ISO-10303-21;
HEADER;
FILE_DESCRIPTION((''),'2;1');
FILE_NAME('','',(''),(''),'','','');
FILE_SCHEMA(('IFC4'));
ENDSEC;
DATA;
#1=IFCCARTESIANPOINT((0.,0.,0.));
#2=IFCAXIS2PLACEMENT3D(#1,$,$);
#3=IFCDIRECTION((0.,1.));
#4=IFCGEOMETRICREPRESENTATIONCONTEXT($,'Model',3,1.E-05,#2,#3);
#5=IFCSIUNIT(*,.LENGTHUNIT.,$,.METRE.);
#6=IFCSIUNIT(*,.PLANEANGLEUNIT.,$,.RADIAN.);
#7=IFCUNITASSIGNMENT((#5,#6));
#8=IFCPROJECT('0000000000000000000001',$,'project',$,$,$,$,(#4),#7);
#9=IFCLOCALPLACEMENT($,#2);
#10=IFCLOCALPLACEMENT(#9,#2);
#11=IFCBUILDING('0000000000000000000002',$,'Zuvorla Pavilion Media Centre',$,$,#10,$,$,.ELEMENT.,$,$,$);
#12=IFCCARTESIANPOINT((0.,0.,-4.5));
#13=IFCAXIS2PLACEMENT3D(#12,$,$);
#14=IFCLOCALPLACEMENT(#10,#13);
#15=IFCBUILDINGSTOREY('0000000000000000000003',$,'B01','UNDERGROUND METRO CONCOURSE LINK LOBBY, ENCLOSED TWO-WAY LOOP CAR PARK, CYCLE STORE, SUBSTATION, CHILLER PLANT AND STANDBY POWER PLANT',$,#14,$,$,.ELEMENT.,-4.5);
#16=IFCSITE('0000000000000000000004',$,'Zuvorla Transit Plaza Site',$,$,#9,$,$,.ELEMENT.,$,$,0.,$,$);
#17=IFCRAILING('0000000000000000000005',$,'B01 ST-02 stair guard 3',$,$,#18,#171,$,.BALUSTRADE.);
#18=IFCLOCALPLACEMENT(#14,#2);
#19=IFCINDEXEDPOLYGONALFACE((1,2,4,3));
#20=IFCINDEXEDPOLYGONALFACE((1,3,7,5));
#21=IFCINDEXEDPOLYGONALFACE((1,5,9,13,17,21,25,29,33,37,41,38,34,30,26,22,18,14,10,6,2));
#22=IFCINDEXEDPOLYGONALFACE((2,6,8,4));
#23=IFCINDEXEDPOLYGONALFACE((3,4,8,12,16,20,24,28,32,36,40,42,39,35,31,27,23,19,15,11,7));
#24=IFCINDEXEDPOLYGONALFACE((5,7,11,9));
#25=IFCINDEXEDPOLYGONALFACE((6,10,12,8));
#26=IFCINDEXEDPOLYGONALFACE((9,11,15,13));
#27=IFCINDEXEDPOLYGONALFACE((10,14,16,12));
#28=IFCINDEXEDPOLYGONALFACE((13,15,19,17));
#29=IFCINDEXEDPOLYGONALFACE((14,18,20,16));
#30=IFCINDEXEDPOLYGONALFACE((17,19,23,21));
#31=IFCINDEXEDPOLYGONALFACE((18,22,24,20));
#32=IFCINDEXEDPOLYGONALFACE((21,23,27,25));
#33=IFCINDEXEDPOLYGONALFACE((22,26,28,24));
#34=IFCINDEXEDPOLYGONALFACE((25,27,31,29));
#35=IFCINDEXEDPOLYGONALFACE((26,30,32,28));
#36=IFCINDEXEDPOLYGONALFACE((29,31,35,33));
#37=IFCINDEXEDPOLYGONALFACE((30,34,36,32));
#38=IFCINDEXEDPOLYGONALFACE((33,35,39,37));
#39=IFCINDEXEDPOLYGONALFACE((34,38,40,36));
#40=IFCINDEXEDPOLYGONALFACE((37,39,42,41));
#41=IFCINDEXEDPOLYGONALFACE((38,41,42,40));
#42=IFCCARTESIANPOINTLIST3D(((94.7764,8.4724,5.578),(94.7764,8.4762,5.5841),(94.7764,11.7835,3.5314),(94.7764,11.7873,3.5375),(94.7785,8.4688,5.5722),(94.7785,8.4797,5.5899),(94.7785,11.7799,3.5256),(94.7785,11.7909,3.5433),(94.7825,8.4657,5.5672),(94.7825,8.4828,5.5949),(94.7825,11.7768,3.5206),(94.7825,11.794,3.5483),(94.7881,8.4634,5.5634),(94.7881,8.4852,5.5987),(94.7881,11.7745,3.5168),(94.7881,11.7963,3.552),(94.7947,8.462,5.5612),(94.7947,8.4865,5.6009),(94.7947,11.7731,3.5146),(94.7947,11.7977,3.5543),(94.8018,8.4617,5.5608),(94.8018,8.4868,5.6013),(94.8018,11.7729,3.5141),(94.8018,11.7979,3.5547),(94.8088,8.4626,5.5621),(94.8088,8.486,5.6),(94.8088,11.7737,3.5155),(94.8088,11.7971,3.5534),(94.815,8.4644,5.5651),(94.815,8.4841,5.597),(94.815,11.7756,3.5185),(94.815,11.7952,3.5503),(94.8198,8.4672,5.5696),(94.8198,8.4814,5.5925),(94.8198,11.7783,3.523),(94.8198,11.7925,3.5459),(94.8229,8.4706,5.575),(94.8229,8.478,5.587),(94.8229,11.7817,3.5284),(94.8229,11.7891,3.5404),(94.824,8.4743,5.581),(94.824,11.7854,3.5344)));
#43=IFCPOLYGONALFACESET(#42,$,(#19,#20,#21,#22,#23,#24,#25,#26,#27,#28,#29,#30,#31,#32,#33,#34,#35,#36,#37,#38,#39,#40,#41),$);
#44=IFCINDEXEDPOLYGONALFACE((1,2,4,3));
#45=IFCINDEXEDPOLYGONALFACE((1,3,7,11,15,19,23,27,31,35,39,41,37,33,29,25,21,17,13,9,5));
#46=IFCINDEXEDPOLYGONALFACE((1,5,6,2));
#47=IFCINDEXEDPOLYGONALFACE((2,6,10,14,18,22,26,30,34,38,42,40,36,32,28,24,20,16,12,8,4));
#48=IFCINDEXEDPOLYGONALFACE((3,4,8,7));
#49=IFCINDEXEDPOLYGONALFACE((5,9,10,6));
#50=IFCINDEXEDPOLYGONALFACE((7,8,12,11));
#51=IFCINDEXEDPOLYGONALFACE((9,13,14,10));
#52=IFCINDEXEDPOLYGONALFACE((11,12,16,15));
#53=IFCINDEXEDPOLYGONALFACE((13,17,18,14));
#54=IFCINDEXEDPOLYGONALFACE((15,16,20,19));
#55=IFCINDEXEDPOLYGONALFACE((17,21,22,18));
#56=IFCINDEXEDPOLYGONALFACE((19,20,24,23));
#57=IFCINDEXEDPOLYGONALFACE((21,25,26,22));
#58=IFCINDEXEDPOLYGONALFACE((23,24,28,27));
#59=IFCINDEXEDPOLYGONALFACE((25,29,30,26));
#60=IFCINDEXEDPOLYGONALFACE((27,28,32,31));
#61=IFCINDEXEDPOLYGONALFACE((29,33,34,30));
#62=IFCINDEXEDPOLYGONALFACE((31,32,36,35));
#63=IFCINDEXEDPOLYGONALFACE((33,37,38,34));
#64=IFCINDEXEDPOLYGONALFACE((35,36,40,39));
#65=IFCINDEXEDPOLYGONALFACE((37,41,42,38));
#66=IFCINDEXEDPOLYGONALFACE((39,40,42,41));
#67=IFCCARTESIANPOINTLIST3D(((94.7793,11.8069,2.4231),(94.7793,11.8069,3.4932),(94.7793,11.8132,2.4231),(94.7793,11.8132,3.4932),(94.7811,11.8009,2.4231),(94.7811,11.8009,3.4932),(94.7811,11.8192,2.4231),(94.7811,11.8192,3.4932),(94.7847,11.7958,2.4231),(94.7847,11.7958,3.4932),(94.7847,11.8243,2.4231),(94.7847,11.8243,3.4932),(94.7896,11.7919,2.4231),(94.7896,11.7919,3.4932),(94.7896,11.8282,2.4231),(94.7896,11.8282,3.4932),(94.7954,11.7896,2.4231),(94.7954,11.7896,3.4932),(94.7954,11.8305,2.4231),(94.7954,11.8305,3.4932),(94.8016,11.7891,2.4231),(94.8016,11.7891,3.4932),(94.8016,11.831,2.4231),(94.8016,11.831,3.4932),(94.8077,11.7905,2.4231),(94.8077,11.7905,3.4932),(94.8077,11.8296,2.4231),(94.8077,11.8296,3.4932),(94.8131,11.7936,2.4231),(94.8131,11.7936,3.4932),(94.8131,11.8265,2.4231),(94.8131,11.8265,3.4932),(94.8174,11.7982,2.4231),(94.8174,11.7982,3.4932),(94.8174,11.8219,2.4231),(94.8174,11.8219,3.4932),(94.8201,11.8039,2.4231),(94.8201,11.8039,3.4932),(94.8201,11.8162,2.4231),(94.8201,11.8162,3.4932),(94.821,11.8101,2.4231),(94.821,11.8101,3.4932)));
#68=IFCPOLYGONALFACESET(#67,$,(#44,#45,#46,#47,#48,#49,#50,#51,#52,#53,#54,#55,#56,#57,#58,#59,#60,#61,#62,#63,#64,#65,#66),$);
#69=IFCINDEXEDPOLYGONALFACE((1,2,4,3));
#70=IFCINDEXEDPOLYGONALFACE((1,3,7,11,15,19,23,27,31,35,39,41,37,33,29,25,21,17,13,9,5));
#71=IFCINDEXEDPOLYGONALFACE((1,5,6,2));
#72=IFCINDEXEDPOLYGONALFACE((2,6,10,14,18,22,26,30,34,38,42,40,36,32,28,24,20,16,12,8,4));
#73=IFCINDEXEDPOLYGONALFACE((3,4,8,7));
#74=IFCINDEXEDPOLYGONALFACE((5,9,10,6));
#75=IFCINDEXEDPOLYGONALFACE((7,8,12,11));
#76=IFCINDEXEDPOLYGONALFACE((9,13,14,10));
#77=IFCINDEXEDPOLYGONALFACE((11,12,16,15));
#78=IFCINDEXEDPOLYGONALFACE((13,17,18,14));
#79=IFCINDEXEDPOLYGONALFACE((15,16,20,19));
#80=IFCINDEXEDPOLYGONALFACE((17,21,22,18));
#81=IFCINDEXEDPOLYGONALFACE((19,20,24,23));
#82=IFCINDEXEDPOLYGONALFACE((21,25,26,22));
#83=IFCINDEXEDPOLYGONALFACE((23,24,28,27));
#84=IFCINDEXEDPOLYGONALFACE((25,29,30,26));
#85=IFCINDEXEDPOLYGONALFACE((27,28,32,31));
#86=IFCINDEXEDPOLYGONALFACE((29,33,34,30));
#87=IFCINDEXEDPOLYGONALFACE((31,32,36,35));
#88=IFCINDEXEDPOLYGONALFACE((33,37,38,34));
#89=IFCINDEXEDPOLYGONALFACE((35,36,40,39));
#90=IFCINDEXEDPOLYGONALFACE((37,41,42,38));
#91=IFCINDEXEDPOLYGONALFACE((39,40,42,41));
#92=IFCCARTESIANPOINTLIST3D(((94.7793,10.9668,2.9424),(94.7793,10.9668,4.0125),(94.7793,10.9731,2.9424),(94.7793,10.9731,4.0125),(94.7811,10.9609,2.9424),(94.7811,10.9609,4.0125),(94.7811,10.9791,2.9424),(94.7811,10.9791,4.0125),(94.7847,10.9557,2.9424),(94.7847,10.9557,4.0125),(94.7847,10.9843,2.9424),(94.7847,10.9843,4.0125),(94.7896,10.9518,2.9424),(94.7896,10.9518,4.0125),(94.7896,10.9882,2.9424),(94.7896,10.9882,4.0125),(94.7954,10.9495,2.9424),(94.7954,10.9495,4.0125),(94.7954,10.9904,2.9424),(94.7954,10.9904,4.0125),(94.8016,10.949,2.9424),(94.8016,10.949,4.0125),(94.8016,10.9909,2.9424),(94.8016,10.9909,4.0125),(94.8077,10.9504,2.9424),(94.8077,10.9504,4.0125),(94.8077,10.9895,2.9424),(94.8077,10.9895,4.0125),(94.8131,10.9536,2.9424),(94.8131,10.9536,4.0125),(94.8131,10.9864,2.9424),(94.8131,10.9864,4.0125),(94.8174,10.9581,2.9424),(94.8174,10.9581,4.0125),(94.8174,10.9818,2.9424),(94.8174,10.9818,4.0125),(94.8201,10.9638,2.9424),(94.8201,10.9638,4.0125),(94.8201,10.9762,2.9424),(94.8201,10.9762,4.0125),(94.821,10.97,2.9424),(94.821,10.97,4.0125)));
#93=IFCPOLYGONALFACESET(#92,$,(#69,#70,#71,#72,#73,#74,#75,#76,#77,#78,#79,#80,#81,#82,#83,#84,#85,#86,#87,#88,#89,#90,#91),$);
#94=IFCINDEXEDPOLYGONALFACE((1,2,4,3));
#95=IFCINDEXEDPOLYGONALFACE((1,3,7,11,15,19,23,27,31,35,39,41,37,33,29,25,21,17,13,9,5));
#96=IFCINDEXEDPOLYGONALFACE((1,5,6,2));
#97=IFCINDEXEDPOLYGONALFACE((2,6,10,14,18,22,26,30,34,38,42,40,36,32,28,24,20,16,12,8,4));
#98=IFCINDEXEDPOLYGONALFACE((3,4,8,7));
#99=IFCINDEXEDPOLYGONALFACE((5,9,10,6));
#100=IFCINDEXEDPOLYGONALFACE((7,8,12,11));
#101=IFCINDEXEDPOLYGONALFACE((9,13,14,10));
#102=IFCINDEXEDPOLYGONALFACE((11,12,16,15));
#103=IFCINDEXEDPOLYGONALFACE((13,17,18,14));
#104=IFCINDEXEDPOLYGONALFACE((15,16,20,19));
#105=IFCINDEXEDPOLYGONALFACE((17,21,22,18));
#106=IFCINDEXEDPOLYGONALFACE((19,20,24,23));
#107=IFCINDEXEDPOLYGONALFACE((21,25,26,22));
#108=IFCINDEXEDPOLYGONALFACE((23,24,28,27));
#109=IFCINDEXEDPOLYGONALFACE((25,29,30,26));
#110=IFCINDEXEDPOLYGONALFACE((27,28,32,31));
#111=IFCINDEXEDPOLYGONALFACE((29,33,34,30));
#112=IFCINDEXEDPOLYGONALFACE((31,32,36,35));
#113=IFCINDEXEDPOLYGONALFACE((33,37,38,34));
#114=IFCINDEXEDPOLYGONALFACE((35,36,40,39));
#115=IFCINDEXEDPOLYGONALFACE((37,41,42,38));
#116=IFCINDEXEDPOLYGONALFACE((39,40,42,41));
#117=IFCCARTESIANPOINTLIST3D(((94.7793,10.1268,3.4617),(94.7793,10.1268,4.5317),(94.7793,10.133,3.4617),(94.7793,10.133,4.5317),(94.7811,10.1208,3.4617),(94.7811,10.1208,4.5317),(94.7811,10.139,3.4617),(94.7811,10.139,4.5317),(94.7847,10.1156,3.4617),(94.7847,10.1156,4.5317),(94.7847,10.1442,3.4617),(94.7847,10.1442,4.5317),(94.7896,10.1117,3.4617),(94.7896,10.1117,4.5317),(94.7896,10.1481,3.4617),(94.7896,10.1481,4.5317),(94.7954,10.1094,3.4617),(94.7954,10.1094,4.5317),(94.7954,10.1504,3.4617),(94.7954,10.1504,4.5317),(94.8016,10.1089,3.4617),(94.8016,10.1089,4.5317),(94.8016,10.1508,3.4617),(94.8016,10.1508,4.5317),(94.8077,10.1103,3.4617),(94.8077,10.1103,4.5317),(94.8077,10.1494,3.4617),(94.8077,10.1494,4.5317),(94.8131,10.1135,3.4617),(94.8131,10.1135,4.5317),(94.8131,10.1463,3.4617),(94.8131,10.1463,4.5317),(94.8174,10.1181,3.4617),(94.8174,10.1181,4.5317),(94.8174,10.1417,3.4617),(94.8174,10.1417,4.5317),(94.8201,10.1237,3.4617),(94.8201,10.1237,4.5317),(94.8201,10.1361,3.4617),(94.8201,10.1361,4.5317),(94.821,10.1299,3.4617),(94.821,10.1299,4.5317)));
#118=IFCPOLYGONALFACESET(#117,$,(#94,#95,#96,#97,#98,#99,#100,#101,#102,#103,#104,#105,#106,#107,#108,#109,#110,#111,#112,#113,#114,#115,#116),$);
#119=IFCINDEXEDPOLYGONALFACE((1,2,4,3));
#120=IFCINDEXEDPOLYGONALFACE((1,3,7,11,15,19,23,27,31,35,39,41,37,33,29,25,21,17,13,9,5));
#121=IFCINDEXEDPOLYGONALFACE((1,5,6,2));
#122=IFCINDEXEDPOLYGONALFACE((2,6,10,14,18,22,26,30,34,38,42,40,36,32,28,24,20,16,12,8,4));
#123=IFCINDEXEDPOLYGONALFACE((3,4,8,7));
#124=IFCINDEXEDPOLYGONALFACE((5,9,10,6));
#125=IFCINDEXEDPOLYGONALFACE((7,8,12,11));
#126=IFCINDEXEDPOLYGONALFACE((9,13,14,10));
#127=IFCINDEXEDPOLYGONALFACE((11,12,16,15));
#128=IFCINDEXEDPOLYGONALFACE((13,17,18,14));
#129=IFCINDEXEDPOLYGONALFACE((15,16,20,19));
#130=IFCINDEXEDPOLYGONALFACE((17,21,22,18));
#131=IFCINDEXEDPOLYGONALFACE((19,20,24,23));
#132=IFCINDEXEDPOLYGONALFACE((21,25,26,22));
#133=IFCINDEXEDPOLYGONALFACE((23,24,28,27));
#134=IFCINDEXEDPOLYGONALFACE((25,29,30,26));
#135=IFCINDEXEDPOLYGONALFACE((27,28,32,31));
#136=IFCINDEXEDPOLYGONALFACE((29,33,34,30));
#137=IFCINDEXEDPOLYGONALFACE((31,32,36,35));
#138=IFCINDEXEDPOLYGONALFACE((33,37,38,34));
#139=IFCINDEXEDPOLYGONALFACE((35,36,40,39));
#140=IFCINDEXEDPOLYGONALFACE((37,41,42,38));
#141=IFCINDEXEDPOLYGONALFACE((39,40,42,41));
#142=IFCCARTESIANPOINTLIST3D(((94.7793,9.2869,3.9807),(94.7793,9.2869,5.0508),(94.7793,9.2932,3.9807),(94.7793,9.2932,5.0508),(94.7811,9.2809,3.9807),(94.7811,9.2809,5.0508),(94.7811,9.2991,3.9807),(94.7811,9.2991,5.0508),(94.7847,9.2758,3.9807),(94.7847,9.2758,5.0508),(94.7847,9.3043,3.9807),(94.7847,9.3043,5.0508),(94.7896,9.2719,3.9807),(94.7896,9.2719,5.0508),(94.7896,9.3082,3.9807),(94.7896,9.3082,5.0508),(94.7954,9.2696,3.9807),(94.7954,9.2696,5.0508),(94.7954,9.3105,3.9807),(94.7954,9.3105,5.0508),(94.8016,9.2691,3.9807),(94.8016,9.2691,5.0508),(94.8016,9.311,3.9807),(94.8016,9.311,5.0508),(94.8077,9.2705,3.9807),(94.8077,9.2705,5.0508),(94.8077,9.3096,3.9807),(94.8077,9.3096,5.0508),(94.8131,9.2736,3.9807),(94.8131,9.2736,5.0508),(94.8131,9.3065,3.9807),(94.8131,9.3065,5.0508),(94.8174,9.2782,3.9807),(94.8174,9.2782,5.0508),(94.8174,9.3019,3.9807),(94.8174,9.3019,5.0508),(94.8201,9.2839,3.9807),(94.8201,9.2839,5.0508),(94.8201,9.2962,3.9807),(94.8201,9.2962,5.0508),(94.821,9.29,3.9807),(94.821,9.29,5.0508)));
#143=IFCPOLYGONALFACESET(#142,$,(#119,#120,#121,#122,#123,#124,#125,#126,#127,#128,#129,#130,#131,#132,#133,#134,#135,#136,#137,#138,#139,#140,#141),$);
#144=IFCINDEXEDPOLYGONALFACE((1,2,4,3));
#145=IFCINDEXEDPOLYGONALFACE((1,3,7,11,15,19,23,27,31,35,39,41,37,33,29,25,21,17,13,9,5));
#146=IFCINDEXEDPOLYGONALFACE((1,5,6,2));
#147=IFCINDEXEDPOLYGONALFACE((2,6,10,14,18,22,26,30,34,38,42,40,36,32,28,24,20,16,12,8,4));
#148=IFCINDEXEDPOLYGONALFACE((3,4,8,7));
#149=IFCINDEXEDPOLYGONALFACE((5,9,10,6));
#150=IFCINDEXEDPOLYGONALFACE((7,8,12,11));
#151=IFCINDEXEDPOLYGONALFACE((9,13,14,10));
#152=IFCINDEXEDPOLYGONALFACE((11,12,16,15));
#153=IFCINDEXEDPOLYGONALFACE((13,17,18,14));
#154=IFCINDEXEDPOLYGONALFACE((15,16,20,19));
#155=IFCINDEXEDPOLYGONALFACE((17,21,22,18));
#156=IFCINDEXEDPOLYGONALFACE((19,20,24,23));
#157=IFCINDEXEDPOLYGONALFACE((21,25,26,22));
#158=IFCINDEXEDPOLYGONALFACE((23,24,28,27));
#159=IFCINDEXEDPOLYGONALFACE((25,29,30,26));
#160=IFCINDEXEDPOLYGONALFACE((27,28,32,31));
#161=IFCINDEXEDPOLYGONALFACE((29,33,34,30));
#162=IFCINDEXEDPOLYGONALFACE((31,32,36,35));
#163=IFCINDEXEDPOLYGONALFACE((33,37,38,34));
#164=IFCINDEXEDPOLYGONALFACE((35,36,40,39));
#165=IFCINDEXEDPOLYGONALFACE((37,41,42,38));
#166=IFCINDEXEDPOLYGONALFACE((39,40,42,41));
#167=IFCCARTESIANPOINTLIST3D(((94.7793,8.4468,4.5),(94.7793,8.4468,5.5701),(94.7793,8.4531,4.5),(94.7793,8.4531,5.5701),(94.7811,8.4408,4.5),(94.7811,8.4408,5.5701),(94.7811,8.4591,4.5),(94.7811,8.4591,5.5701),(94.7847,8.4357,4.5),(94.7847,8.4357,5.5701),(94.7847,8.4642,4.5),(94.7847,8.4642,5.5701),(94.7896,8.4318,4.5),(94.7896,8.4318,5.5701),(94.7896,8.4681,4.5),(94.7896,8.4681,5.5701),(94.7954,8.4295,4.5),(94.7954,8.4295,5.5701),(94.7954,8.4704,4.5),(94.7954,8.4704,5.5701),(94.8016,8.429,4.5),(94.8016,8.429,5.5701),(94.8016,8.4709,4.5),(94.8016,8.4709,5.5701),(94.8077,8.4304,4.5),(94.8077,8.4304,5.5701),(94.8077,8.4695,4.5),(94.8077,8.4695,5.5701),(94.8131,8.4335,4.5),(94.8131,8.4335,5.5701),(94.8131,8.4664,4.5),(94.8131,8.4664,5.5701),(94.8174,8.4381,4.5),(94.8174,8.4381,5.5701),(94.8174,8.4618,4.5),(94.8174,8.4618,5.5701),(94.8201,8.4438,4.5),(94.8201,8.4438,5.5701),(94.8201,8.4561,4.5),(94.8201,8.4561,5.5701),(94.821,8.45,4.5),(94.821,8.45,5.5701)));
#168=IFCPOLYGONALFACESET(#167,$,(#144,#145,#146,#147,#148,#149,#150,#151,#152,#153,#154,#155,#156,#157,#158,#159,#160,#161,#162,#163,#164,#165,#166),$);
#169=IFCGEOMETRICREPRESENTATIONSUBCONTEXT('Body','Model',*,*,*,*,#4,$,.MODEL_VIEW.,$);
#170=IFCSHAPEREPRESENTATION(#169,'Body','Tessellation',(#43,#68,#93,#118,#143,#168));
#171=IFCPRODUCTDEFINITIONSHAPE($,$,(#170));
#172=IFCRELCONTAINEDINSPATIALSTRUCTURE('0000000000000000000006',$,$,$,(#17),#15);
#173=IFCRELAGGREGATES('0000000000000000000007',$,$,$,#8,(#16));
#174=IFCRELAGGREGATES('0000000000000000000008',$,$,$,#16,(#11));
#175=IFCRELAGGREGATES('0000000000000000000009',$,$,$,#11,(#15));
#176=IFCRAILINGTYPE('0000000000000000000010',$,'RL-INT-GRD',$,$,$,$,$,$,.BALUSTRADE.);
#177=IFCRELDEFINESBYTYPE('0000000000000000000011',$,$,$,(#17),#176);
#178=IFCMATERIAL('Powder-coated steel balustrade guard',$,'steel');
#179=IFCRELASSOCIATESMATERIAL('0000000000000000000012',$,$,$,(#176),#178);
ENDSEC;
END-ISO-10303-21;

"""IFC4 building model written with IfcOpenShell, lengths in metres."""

from ifc_helpers import new_model, si_unit, direction, frame, origin, origin_2d, place, context, subcontext, project, spatial, circle, extrude, material, type_object, element, save


model = new_model("IFC4")

# Units and contexts
model_context = context("Model", 3, precision=1e-05, world=origin(), true_north=direction((0.0, 1.0)))
body_context = subcontext(model_context, "Body", "Model", "MODEL_VIEW")
ifc_project = project(units=[si_unit("LENGTHUNIT", "METRE"), si_unit("PLANEANGLEUNIT", "RADIAN")], contexts=[model_context])

# Site, building, storey
site_placement = place(None, origin())
site = spatial("IfcSite", under=ifc_project, at=site_placement, Name="Zuvorla Transit Plaza Site", CompositionType="ELEMENT", RefElevation=0.0)
building_placement = place(site_placement, origin())
building = spatial("IfcBuilding", under=site, at=building_placement, Name="Zuvorla Pavilion Media Centre", CompositionType="ELEMENT")
storey_placement = place(building_placement, frame((0.0, 0.0, -4.5)))
storey = spatial("IfcBuildingStorey", under=building, at=storey_placement, Name="B01", Description="UNDERGROUND METRO CONCOURSE LINK LOBBY, ENCLOSED TWO-WAY LOOP CAR PARK, CYCLE STORE, SUBSTATION, CHILLER PLANT AND STANDBY POWER PLANT", CompositionType="ELEMENT", Elevation=-4.5)

# Railing
ifc_material_1 = material(Name="Powder-coated steel balustrade guard", Category="steel")
railing_type_1 = type_object("IfcRailingType", Name="RL-INT-GRD", PredefinedType="BALUSTRADE", material=ifc_material_1)
railing_1_placement = place(storey_placement, frame((94.8, 11.8101, 2.4231)))
element("IfcRailing", 1, at=railing_1_placement, inside=storey, type_object=railing_type_1, Name="B01 ST-02 stair guard 3", PredefinedType="BALUSTRADE", context=body_context, shape_type="SweptSolid", body=[
    extrude(circle(Radius=0.0239, at=origin_2d()), frame((0.0, -0.0247, 1.1113), z_axis=(0.0, -0.850623, 0.525776), x_axis=(1.0, 0.0, 0.0)), (0.0, 0.0, 1.0), 3.8926),
    extrude(circle(Radius=0.021, at=origin_2d()), origin(), (0.0, 0.0, 1.0), 1.0701),
    extrude(circle(Radius=0.021, at=origin_2d()), frame((0.0, -0.8401, 0.5193)), (0.0, 0.0, 1.0), 1.0701),
    extrude(circle(Radius=0.021, at=origin_2d()), frame((0.0, -1.6802, 1.0386)), (0.0, 0.0, 1.0), 1.0701),
    extrude(circle(Radius=0.021, at=origin_2d()), frame((0.0, -2.52, 1.5576)), (0.0, 0.0, 1.0), 1.0701),
    extrude(circle(Radius=0.021, at=origin_2d()), frame((0.0, -3.3601, 2.0769)), (0.0, 0.0, 1.0), 1.0701),
])

save(model, "model.ifc")
